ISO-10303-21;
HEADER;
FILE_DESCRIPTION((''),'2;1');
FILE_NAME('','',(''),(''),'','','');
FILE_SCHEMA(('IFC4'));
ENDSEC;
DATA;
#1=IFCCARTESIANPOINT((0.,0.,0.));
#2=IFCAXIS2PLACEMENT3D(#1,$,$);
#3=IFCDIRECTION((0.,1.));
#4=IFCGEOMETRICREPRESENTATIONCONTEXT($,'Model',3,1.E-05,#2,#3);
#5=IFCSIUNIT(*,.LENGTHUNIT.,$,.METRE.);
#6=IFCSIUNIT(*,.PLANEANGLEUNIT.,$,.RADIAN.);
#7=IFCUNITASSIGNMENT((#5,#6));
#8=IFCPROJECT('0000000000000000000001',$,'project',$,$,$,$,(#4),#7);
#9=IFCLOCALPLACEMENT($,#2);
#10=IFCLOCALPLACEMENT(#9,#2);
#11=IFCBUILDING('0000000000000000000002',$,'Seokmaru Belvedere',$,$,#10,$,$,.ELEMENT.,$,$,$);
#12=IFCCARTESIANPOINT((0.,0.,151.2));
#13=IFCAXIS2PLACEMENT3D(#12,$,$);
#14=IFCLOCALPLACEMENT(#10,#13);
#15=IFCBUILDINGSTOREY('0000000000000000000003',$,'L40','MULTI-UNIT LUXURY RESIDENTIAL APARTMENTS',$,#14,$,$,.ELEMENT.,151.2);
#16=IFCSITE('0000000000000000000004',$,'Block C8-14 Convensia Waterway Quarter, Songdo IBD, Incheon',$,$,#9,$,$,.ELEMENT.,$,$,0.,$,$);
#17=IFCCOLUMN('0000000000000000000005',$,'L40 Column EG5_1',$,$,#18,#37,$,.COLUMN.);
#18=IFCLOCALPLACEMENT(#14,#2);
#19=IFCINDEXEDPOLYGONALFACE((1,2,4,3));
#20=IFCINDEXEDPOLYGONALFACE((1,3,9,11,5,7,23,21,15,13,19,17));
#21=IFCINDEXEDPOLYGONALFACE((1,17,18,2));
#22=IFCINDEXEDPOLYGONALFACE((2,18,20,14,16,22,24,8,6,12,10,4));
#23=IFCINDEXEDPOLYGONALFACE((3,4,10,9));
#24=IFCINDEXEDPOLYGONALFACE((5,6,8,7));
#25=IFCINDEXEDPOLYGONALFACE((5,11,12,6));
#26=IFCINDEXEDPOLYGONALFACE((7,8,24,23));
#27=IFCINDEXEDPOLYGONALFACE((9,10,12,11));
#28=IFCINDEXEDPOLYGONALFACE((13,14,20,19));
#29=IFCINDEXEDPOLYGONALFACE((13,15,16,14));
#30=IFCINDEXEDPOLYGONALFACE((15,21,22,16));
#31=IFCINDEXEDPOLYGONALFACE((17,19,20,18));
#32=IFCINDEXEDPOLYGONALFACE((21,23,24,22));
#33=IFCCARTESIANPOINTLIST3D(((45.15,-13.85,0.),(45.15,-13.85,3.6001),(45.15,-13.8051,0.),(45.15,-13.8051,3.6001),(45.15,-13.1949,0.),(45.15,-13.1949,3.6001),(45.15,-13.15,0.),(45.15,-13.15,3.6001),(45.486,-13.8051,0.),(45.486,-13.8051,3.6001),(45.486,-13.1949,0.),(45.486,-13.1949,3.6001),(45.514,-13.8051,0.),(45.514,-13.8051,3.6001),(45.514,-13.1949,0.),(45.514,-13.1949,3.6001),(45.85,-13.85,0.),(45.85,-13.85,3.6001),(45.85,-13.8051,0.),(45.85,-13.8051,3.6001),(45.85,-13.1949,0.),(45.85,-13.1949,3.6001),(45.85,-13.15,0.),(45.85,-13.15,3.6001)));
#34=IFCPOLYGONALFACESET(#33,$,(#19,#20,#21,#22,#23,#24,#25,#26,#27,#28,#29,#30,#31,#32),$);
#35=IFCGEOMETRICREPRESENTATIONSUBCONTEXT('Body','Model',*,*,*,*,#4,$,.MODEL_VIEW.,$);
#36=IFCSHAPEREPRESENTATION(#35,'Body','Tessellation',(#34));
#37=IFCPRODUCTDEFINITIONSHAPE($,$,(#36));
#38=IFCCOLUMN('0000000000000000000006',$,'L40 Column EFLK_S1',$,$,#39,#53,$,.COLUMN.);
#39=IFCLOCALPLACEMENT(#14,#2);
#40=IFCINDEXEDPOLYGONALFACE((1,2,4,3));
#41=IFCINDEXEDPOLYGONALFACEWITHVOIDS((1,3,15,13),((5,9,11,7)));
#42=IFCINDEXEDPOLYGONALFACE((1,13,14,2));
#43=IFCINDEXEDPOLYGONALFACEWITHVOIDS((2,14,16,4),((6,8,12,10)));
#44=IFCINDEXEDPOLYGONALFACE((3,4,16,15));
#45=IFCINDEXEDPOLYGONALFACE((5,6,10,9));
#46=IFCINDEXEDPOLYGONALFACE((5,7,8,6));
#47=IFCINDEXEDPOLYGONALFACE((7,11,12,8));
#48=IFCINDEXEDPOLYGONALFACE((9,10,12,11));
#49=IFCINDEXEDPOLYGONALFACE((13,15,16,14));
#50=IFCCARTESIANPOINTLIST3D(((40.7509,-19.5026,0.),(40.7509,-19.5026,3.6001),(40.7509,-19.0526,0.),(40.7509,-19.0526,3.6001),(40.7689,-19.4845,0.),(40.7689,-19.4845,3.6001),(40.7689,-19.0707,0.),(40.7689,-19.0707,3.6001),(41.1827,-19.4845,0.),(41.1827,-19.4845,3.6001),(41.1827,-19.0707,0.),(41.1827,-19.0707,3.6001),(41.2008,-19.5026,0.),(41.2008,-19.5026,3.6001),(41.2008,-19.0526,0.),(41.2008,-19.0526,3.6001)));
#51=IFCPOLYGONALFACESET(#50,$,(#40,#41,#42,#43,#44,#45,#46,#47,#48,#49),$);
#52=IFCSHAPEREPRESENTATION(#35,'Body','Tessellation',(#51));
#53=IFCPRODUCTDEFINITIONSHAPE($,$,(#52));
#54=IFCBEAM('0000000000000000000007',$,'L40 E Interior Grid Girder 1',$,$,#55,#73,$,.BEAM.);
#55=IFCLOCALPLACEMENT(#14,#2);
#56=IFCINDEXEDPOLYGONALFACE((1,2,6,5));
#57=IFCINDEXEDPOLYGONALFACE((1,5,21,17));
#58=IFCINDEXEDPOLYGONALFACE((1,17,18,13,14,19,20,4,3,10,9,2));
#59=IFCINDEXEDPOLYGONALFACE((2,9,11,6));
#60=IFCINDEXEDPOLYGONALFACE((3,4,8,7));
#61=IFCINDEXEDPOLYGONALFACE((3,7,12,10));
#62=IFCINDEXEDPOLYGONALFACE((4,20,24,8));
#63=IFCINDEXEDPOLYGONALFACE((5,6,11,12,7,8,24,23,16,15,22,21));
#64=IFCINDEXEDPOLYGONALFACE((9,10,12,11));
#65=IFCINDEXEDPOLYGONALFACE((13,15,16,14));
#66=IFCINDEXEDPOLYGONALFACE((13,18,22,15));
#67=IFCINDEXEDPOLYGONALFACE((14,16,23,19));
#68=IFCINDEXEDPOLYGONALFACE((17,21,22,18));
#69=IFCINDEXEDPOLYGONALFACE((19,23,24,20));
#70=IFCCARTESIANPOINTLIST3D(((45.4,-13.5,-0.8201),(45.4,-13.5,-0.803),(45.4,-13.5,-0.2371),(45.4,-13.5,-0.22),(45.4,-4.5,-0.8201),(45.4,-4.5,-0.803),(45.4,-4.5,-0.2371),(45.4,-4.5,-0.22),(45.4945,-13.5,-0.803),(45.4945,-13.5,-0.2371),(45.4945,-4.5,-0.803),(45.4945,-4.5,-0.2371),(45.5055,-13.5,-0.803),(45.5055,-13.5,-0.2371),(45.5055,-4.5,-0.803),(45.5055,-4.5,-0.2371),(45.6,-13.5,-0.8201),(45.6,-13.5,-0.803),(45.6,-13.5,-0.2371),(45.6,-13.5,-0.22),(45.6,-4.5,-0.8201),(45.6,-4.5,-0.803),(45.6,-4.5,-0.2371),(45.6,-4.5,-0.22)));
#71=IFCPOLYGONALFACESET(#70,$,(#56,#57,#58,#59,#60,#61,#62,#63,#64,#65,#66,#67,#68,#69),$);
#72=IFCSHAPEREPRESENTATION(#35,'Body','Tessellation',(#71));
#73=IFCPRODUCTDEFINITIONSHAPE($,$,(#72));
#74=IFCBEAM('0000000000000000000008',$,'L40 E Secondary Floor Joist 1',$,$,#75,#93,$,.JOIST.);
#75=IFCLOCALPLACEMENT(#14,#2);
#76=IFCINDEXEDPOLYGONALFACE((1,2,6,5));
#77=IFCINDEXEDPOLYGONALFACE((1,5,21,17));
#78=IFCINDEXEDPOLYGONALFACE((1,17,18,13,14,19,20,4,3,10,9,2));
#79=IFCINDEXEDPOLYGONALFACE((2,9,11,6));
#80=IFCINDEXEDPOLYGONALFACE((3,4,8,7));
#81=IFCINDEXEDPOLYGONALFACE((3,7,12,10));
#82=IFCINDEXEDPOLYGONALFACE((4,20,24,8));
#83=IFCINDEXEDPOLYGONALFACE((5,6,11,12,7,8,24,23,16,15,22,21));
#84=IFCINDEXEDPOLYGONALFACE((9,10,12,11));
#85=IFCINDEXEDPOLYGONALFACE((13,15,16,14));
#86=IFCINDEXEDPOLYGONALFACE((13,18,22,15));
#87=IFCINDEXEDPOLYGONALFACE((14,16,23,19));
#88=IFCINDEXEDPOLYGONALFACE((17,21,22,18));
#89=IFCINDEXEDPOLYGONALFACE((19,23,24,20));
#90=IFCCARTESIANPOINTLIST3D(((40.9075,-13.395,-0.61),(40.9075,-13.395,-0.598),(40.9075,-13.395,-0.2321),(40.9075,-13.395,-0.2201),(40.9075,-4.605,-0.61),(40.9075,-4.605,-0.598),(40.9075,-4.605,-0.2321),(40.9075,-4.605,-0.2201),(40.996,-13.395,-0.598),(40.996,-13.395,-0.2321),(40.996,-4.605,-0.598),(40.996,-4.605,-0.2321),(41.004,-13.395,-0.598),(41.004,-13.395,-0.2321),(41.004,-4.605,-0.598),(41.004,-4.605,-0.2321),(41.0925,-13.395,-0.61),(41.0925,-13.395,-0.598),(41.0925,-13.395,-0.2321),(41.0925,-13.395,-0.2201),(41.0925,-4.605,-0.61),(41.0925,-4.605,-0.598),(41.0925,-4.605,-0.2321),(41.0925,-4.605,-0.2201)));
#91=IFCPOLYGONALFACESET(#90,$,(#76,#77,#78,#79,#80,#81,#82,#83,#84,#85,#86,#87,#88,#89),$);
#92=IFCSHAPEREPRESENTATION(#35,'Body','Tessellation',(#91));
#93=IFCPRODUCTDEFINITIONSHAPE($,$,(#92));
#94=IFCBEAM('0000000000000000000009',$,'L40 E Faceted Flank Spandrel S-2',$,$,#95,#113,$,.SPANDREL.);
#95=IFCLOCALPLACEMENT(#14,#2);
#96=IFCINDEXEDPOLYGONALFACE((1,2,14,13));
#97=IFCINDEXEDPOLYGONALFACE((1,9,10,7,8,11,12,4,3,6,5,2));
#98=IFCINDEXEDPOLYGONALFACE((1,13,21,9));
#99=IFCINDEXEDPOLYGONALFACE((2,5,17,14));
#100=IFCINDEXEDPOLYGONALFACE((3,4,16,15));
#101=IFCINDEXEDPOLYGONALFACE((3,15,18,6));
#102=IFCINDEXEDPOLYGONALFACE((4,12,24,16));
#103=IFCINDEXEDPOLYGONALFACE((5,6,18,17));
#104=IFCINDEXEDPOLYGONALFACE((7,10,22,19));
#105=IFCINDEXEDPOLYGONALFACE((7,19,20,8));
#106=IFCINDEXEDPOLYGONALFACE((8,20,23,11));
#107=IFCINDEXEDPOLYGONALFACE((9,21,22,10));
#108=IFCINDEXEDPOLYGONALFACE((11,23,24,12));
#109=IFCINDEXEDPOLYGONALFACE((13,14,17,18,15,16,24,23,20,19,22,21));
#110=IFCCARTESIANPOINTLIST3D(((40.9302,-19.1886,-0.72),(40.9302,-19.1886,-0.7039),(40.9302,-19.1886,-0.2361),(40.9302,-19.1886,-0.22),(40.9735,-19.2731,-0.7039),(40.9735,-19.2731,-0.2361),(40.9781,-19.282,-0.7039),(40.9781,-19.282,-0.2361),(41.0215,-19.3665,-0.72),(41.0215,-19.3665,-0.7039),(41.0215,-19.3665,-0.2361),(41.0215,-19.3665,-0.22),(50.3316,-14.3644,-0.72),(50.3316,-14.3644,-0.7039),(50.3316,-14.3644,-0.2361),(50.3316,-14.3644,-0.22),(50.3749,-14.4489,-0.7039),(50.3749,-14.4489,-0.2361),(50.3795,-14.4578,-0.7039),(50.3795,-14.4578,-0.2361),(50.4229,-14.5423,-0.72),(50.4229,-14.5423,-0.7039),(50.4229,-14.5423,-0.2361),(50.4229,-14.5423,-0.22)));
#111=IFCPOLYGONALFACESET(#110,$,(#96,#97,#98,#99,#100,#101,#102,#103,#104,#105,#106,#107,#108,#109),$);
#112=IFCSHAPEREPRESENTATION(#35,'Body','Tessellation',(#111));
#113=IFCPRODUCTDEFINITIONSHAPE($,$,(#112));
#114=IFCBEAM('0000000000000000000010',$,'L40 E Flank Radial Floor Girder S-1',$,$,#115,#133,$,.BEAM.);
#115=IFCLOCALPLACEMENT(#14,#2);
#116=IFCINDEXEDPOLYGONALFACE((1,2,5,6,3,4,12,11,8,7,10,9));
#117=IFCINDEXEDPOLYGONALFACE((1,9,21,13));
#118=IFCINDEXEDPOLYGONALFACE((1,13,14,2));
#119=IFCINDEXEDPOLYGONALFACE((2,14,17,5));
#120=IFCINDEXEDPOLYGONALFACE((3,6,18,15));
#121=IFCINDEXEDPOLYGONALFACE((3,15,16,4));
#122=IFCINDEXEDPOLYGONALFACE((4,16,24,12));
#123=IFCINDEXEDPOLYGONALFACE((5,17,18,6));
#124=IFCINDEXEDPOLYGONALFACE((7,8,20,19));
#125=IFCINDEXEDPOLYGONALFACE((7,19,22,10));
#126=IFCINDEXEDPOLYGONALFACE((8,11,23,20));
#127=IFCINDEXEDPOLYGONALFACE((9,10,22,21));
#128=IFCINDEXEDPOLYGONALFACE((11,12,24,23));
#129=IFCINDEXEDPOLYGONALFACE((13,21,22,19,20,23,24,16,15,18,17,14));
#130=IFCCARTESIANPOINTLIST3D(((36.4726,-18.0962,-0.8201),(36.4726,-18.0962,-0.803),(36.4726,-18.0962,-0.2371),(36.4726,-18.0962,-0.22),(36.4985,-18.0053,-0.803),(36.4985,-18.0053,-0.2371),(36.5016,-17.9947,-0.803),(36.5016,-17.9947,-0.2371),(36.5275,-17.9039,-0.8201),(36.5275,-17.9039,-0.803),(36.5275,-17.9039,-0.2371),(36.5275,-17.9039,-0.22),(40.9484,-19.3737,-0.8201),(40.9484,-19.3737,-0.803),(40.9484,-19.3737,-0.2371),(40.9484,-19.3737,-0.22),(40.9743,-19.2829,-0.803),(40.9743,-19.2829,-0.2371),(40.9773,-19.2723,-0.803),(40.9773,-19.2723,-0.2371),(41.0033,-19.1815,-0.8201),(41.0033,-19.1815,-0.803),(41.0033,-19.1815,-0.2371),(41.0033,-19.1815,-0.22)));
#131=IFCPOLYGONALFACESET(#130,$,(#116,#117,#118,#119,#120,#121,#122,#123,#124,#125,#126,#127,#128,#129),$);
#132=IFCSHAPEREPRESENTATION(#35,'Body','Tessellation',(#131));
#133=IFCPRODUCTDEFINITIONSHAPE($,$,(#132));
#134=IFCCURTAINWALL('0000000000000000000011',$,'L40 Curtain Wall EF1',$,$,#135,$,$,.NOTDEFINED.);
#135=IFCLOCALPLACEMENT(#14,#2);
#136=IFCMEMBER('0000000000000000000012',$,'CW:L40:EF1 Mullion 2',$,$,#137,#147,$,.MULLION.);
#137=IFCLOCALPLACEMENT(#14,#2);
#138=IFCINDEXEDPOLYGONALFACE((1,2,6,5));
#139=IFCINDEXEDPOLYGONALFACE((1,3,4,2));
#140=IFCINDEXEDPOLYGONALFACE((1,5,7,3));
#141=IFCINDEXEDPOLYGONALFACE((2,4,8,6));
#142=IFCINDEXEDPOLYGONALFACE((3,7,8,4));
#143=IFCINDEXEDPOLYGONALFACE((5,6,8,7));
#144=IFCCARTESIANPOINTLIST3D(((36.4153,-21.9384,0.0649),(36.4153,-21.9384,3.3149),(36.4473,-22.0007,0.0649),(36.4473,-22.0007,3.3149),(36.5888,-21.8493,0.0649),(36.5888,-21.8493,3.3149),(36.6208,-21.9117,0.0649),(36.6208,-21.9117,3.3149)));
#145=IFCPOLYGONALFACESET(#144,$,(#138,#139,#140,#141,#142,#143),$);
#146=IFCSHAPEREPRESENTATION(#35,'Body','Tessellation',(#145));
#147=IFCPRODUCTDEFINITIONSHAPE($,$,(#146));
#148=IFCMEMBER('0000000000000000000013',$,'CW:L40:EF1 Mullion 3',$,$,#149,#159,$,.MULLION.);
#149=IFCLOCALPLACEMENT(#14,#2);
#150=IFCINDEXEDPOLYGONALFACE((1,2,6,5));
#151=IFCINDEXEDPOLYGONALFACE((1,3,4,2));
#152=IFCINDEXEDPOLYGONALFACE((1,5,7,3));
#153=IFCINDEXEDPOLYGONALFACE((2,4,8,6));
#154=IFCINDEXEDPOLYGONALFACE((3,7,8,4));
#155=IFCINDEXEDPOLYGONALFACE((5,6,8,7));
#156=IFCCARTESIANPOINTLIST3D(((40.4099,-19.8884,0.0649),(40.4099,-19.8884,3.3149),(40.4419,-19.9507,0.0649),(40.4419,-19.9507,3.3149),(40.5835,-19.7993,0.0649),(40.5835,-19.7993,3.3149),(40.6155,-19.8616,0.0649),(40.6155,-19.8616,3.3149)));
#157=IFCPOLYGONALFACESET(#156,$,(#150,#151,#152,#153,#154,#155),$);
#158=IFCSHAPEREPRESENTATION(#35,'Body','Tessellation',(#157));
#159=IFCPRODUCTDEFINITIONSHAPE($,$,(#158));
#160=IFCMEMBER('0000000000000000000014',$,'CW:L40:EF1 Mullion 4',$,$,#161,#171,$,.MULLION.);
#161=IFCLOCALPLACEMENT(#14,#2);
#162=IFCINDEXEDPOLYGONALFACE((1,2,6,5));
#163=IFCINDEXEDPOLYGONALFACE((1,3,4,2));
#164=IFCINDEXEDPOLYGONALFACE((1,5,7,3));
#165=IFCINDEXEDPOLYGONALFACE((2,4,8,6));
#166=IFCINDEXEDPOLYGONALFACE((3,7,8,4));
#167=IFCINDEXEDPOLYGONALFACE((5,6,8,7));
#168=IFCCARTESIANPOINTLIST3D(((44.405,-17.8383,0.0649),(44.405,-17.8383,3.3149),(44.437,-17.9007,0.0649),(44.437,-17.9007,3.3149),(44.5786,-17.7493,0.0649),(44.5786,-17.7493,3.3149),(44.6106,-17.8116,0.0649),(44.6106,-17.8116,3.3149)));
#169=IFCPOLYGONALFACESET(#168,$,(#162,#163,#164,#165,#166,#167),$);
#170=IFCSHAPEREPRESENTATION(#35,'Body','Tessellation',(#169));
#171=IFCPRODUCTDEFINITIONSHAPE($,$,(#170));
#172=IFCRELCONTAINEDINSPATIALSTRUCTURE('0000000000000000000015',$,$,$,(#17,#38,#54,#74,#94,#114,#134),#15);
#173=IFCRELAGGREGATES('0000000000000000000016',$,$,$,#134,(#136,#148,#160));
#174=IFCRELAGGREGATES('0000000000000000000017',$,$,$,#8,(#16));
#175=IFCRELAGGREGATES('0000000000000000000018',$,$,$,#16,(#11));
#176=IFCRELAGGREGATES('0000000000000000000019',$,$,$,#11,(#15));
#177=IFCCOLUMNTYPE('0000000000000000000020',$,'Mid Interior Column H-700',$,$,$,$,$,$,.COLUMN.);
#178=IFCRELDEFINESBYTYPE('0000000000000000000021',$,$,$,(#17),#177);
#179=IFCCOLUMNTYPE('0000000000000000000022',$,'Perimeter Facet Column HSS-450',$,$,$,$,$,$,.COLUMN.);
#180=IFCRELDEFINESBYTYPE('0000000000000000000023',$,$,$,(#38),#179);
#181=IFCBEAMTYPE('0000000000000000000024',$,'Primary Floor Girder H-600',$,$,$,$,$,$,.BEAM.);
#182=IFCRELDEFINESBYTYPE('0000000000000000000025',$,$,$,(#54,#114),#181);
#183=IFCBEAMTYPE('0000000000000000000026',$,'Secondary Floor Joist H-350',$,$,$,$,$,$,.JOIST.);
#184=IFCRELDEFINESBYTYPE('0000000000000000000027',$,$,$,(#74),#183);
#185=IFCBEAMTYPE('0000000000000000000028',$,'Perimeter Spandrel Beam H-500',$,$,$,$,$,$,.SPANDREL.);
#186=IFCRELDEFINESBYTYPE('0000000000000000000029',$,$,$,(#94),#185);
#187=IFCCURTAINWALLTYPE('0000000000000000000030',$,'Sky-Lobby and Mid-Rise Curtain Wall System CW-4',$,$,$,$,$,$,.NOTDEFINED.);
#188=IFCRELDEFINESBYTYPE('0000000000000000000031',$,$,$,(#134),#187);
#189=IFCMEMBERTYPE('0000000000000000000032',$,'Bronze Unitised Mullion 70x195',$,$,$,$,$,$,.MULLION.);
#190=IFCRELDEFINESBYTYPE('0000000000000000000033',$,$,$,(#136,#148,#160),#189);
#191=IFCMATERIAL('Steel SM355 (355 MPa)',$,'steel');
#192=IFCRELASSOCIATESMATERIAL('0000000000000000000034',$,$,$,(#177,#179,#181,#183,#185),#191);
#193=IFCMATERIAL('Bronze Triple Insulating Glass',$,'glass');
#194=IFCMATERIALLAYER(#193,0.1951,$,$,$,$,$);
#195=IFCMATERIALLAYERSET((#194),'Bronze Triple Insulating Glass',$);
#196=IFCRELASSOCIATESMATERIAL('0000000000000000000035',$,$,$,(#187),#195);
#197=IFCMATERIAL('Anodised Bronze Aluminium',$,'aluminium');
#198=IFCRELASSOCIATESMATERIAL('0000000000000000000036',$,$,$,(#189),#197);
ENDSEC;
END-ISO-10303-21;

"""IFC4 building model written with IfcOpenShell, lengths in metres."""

from ifc_helpers import new_model, si_unit, direction, frame, origin, origin_2d, place, context, subcontext, project, spatial, rectangle, hollow_rectangle, i_section, extrude, source, transform, mapped, material, layer, layer_set, material_profile, profile_set, type_object, type_shapes, element, aggregate, save


model = new_model("IFC4")

# Units and contexts
model_context = context("Model", 3, precision=1e-05, world=origin(), true_north=direction((0.0, 1.0)))
body_context = subcontext(model_context, "Body", "Model", "MODEL_VIEW")
ifc_project = project(units=[si_unit("LENGTHUNIT", "METRE"), si_unit("PLANEANGLEUNIT", "RADIAN")], contexts=[model_context])

# Site, building, storey
site_placement = place(None, origin())
site = spatial("IfcSite", under=ifc_project, at=site_placement, Name="Block C8-14 Convensia Waterway Quarter, Songdo IBD, Incheon", CompositionType="ELEMENT", RefElevation=0.0)
building_placement = place(site_placement, origin())
building = spatial("IfcBuilding", under=site, at=building_placement, Name="Seokmaru Belvedere", CompositionType="ELEMENT")
storey_placement = place(building_placement, frame((0.0, 0.0, 151.2)))
storey = spatial("IfcBuildingStorey", under=building, at=storey_placement, Name="L40", Description="MULTI-UNIT LUXURY RESIDENTIAL APARTMENTS", CompositionType="ELEMENT", Elevation=151.2)

# Columns
ifc_material_1 = material(Name="Steel SM355 (355 MPa)", Category="steel")
ifc_material_profile_1 = material_profile(ifc_material_1, i_section(OverallWidth=0.7, OverallDepth=0.7, WebThickness=0.0281, FlangeThickness=0.0449, at=origin_2d()), Name="H-700x700x28x45")
ifc_profile_set_1 = profile_set([ifc_material_profile_1], Name="Steel SM355 (355 MPa)")
column_type_1 = type_object("IfcColumnType", Name="Mid Interior Column H-700", PredefinedType="COLUMN", material=ifc_profile_set_1)
shared_shape_1 = source(origin(), body_context, "Body", "SweptSolid", [
    extrude(i_section(OverallWidth=0.7, OverallDepth=0.7, WebThickness=0.0281, FlangeThickness=0.0449, at=origin_2d()), origin(), (0.0, 0.0, 1.0), 3.6001),
])
type_shapes(column_type_1, [shared_shape_1])
column_1_placement = place(storey_placement, frame((45.5, -13.5, 0.0), z_axis=(0.0, 0.0, 1.0), x_axis=(1.0, 0.0, 0.0)))
element("IfcColumn", 1, at=column_1_placement, inside=storey, type_object=column_type_1, Name="L40 Column EG5_1", PredefinedType="COLUMN", context=body_context, shape_type="MappedRepresentation", body=[
    mapped(shared_shape_1, transform((0.0, 0.0, 0.0), scale=1.0)),
])
ifc_material_profile_2 = material_profile(ifc_material_1, hollow_rectangle(XDim=0.45, YDim=0.45, WallThickness=0.0181, at=origin_2d()), Name="HSS-450x450x18")
ifc_profile_set_2 = profile_set([ifc_material_profile_2], Name="Steel SM355 (355 MPa)")
column_type_2 = type_object("IfcColumnType", Name="Perimeter Facet Column HSS-450", PredefinedType="COLUMN", material=ifc_profile_set_2)
shared_shape_2 = source(origin(), body_context, "Body", "SweptSolid", [
    extrude(hollow_rectangle(XDim=0.45, YDim=0.45, WallThickness=0.0181, at=origin_2d()), origin(), (0.0, 0.0, 1.0), 3.6001),
])
type_shapes(column_type_2, [shared_shape_2])
column_2_placement = place(storey_placement, frame((40.9758, -19.2776, 0.0), z_axis=(0.0, 0.0, 1.0), x_axis=(1.0, 0.0, 0.0)))
element("IfcColumn", 2, at=column_2_placement, inside=storey, type_object=column_type_2, Name="L40 Column EFLK_S1", PredefinedType="COLUMN", context=body_context, shape_type="MappedRepresentation", body=[
    mapped(shared_shape_2, transform((0.0, 0.0, 0.0), scale=1.0)),
])

# Beams
ifc_material_profile_3 = material_profile(ifc_material_1, i_section(OverallWidth=0.2, OverallDepth=0.6001, WebThickness=0.011, FlangeThickness=0.0171, at=origin_2d()), Name="H-600x200x11x17")
ifc_profile_set_3 = profile_set([ifc_material_profile_3], Name="Steel SM355 (355 MPa)")
beam_type_1 = type_object("IfcBeamType", Name="Primary Floor Girder H-600", PredefinedType="BEAM", material=ifc_profile_set_3)
shared_shape_3 = source(origin(), body_context, "Body", "SweptSolid", [
    extrude(i_section(OverallWidth=0.2, OverallDepth=0.6001, WebThickness=0.011, FlangeThickness=0.0171, at=origin_2d()), origin(), (0.0, 0.0, 1.0), 9.0),
])
beam_1_placement = place(storey_placement, frame((45.5, -13.5, -0.52), z_axis=(0.0, 1.0, 0.0), x_axis=(-1.0, 0.0, 0.0)))
element("IfcBeam", 3, at=beam_1_placement, inside=storey, type_object=beam_type_1, Name="L40 E Interior Grid Girder 1", PredefinedType="BEAM", context=body_context, shape_type="MappedRepresentation", body=[
    mapped(shared_shape_3, transform((0.0, 0.0, 0.0), scale=1.0)),
])
ifc_material_profile_4 = material_profile(ifc_material_1, i_section(OverallWidth=0.1851, OverallDepth=0.3899, WebThickness=0.0081, FlangeThickness=0.012, at=origin_2d()), Name="H-390x185x8x12")
ifc_profile_set_4 = profile_set([ifc_material_profile_4], Name="Steel SM355 (355 MPa)")
beam_type_2 = type_object("IfcBeamType", Name="Secondary Floor Joist H-350", PredefinedType="JOIST", material=ifc_profile_set_4)
shared_shape_4 = source(origin(), body_context, "Body", "SweptSolid", [
    extrude(i_section(OverallWidth=0.1851, OverallDepth=0.3899, WebThickness=0.0081, FlangeThickness=0.012, at=origin_2d()), origin(), (0.0, 0.0, 1.0), 8.79),
])
type_shapes(beam_type_2, [shared_shape_4])
beam_2_placement = place(storey_placement, frame((41.0, -13.395, -0.415), z_axis=(0.0, 1.0, 0.0), x_axis=(-1.0, 0.0, 0.0)))
element("IfcBeam", 4, at=beam_2_placement, inside=storey, type_object=beam_type_2, Name="L40 E Secondary Floor Joist 1", PredefinedType="JOIST", context=body_context, shape_type="MappedRepresentation", body=[
    mapped(shared_shape_4, transform((0.0, 0.0, 0.0), scale=1.0)),
])
ifc_material_profile_5 = material_profile(ifc_material_1, i_section(OverallWidth=0.2, OverallDepth=0.5, WebThickness=0.01, FlangeThickness=0.0161, at=origin_2d()), Name="H-500x200x10x16")
ifc_profile_set_5 = profile_set([ifc_material_profile_5], Name="Steel SM355 (355 MPa)")
beam_type_3 = type_object("IfcBeamType", Name="Perimeter Spandrel Beam H-500", PredefinedType="SPANDREL", material=ifc_profile_set_5)
shared_shape_5 = source(origin(), body_context, "Body", "SweptSolid", [
    extrude(i_section(OverallWidth=0.2, OverallDepth=0.5, WebThickness=0.01, FlangeThickness=0.0161, at=origin_2d()), origin(), (0.0, 0.0, 1.0), 10.5669),
])
type_shapes(beam_type_3, [shared_shape_5])
beam_3_placement = place(storey_placement, frame((40.9758, -19.2776, -0.47), z_axis=(0.889702, 0.456542, 0.0), x_axis=(-0.456542, 0.889702, 0.0)))
element("IfcBeam", 5, at=beam_3_placement, inside=storey, type_object=beam_type_3, Name="L40 E Faceted Flank Spandrel S-2", PredefinedType="SPANDREL", context=body_context, shape_type="MappedRepresentation", body=[
    mapped(shared_shape_5, transform((0.0, 0.0, 0.0), scale=1.0)),
])
shared_shape_6 = source(origin(), body_context, "Body", "SweptSolid", [
    extrude(i_section(OverallWidth=0.2, OverallDepth=0.6001, WebThickness=0.011, FlangeThickness=0.0171, at=origin_2d()), origin(), (0.0, 0.0, 1.0), 4.6545),
])
type_shapes(beam_type_1, [shared_shape_3, shared_shape_6])
beam_4_placement = place(storey_placement, frame((40.9758, -19.2776, -0.52), z_axis=(-0.961593, 0.274479, 0.0), x_axis=(-0.274479, -0.961593, 0.0)))
element("IfcBeam", 6, at=beam_4_placement, inside=storey, type_object=beam_type_1, Name="L40 E Flank Radial Floor Girder S-1", PredefinedType="BEAM", context=body_context, shape_type="MappedRepresentation", body=[
    mapped(shared_shape_6, transform((0.0, 0.0, 0.0), scale=1.0)),
])

# Curtain wall, members
ifc_material_2 = material(Name="Bronze Triple Insulating Glass", Category="glass")
ifc_layer_1 = layer(ifc_material_2, 0.1951)
ifc_layer_set_1 = layer_set([ifc_layer_1], Name="Bronze Triple Insulating Glass")
curtain_wall_type = type_object("IfcCurtainWallType", Name="Sky-Lobby and Mid-Rise Curtain Wall System CW-4", PredefinedType="NOTDEFINED", material=ifc_layer_set_1)
curtain_wall_placement = place(storey_placement, origin())
curtain_wall = element("IfcCurtainWall", 7, at=curtain_wall_placement, inside=storey, type_object=curtain_wall_type, Name="L40 Curtain Wall EF1", PredefinedType="NOTDEFINED")
ifc_material_3 = material(Name="Anodised Bronze Aluminium", Category="aluminium")
ifc_material_profile_6 = material_profile(ifc_material_3, rectangle(XDim=0.0701, YDim=0.1951, at=origin_2d()), Name="CW-M-70x195")
ifc_profile_set_6 = profile_set([ifc_material_profile_6], Name="Anodised Bronze Aluminium")
member_type = type_object("IfcMemberType", Name="Bronze Unitised Mullion 70x195", PredefinedType="MULLION", material=ifc_profile_set_6)
shared_shape_7 = source(origin(), body_context, "Body", "SweptSolid", [
    extrude(rectangle(XDim=0.0701, YDim=0.1951, at=origin_2d()), origin(), (0.0, 0.0, 1.0), 3.25),
])
type_shapes(member_type, [shared_shape_7])
member_1_placement = place(storey_placement, frame((36.5181, -21.925, 0.0649), z_axis=(0.0, 0.0, 1.0), x_axis=(-0.456555, 0.889695, 0.0)))
member_1 = element("IfcMember", 8, at=member_1_placement, type_object=member_type, Name="CW:L40:EF1 Mullion 2", PredefinedType="MULLION", context=body_context, shape_type="MappedRepresentation", body=[
    mapped(shared_shape_7, transform((0.0, 0.0, 0.0), scale=1.0)),
])
member_2_placement = place(storey_placement, frame((40.5127, -19.875, 0.0649), z_axis=(0.0, 0.0, 1.0), x_axis=(-0.456555, 0.889695, 0.0)))
member_2 = element("IfcMember", 9, at=member_2_placement, type_object=member_type, Name="CW:L40:EF1 Mullion 3", PredefinedType="MULLION", context=body_context, shape_type="MappedRepresentation", body=[
    mapped(shared_shape_7, transform((0.0, 0.0, 0.0), scale=1.0)),
])
member_3_placement = place(storey_placement, frame((44.5078, -17.825, 0.0649), z_axis=(0.0, 0.0, 1.0), x_axis=(-0.456555, 0.889695, 0.0)))
member_3 = element("IfcMember", 10, at=member_3_placement, type_object=member_type, Name="CW:L40:EF1 Mullion 4", PredefinedType="MULLION", context=body_context, shape_type="MappedRepresentation", body=[
    mapped(shared_shape_7, transform((0.0, 0.0, 0.0), scale=1.0)),
])
aggregate(curtain_wall, [member_1, member_2, member_3])

save(model, "model.ifc")
